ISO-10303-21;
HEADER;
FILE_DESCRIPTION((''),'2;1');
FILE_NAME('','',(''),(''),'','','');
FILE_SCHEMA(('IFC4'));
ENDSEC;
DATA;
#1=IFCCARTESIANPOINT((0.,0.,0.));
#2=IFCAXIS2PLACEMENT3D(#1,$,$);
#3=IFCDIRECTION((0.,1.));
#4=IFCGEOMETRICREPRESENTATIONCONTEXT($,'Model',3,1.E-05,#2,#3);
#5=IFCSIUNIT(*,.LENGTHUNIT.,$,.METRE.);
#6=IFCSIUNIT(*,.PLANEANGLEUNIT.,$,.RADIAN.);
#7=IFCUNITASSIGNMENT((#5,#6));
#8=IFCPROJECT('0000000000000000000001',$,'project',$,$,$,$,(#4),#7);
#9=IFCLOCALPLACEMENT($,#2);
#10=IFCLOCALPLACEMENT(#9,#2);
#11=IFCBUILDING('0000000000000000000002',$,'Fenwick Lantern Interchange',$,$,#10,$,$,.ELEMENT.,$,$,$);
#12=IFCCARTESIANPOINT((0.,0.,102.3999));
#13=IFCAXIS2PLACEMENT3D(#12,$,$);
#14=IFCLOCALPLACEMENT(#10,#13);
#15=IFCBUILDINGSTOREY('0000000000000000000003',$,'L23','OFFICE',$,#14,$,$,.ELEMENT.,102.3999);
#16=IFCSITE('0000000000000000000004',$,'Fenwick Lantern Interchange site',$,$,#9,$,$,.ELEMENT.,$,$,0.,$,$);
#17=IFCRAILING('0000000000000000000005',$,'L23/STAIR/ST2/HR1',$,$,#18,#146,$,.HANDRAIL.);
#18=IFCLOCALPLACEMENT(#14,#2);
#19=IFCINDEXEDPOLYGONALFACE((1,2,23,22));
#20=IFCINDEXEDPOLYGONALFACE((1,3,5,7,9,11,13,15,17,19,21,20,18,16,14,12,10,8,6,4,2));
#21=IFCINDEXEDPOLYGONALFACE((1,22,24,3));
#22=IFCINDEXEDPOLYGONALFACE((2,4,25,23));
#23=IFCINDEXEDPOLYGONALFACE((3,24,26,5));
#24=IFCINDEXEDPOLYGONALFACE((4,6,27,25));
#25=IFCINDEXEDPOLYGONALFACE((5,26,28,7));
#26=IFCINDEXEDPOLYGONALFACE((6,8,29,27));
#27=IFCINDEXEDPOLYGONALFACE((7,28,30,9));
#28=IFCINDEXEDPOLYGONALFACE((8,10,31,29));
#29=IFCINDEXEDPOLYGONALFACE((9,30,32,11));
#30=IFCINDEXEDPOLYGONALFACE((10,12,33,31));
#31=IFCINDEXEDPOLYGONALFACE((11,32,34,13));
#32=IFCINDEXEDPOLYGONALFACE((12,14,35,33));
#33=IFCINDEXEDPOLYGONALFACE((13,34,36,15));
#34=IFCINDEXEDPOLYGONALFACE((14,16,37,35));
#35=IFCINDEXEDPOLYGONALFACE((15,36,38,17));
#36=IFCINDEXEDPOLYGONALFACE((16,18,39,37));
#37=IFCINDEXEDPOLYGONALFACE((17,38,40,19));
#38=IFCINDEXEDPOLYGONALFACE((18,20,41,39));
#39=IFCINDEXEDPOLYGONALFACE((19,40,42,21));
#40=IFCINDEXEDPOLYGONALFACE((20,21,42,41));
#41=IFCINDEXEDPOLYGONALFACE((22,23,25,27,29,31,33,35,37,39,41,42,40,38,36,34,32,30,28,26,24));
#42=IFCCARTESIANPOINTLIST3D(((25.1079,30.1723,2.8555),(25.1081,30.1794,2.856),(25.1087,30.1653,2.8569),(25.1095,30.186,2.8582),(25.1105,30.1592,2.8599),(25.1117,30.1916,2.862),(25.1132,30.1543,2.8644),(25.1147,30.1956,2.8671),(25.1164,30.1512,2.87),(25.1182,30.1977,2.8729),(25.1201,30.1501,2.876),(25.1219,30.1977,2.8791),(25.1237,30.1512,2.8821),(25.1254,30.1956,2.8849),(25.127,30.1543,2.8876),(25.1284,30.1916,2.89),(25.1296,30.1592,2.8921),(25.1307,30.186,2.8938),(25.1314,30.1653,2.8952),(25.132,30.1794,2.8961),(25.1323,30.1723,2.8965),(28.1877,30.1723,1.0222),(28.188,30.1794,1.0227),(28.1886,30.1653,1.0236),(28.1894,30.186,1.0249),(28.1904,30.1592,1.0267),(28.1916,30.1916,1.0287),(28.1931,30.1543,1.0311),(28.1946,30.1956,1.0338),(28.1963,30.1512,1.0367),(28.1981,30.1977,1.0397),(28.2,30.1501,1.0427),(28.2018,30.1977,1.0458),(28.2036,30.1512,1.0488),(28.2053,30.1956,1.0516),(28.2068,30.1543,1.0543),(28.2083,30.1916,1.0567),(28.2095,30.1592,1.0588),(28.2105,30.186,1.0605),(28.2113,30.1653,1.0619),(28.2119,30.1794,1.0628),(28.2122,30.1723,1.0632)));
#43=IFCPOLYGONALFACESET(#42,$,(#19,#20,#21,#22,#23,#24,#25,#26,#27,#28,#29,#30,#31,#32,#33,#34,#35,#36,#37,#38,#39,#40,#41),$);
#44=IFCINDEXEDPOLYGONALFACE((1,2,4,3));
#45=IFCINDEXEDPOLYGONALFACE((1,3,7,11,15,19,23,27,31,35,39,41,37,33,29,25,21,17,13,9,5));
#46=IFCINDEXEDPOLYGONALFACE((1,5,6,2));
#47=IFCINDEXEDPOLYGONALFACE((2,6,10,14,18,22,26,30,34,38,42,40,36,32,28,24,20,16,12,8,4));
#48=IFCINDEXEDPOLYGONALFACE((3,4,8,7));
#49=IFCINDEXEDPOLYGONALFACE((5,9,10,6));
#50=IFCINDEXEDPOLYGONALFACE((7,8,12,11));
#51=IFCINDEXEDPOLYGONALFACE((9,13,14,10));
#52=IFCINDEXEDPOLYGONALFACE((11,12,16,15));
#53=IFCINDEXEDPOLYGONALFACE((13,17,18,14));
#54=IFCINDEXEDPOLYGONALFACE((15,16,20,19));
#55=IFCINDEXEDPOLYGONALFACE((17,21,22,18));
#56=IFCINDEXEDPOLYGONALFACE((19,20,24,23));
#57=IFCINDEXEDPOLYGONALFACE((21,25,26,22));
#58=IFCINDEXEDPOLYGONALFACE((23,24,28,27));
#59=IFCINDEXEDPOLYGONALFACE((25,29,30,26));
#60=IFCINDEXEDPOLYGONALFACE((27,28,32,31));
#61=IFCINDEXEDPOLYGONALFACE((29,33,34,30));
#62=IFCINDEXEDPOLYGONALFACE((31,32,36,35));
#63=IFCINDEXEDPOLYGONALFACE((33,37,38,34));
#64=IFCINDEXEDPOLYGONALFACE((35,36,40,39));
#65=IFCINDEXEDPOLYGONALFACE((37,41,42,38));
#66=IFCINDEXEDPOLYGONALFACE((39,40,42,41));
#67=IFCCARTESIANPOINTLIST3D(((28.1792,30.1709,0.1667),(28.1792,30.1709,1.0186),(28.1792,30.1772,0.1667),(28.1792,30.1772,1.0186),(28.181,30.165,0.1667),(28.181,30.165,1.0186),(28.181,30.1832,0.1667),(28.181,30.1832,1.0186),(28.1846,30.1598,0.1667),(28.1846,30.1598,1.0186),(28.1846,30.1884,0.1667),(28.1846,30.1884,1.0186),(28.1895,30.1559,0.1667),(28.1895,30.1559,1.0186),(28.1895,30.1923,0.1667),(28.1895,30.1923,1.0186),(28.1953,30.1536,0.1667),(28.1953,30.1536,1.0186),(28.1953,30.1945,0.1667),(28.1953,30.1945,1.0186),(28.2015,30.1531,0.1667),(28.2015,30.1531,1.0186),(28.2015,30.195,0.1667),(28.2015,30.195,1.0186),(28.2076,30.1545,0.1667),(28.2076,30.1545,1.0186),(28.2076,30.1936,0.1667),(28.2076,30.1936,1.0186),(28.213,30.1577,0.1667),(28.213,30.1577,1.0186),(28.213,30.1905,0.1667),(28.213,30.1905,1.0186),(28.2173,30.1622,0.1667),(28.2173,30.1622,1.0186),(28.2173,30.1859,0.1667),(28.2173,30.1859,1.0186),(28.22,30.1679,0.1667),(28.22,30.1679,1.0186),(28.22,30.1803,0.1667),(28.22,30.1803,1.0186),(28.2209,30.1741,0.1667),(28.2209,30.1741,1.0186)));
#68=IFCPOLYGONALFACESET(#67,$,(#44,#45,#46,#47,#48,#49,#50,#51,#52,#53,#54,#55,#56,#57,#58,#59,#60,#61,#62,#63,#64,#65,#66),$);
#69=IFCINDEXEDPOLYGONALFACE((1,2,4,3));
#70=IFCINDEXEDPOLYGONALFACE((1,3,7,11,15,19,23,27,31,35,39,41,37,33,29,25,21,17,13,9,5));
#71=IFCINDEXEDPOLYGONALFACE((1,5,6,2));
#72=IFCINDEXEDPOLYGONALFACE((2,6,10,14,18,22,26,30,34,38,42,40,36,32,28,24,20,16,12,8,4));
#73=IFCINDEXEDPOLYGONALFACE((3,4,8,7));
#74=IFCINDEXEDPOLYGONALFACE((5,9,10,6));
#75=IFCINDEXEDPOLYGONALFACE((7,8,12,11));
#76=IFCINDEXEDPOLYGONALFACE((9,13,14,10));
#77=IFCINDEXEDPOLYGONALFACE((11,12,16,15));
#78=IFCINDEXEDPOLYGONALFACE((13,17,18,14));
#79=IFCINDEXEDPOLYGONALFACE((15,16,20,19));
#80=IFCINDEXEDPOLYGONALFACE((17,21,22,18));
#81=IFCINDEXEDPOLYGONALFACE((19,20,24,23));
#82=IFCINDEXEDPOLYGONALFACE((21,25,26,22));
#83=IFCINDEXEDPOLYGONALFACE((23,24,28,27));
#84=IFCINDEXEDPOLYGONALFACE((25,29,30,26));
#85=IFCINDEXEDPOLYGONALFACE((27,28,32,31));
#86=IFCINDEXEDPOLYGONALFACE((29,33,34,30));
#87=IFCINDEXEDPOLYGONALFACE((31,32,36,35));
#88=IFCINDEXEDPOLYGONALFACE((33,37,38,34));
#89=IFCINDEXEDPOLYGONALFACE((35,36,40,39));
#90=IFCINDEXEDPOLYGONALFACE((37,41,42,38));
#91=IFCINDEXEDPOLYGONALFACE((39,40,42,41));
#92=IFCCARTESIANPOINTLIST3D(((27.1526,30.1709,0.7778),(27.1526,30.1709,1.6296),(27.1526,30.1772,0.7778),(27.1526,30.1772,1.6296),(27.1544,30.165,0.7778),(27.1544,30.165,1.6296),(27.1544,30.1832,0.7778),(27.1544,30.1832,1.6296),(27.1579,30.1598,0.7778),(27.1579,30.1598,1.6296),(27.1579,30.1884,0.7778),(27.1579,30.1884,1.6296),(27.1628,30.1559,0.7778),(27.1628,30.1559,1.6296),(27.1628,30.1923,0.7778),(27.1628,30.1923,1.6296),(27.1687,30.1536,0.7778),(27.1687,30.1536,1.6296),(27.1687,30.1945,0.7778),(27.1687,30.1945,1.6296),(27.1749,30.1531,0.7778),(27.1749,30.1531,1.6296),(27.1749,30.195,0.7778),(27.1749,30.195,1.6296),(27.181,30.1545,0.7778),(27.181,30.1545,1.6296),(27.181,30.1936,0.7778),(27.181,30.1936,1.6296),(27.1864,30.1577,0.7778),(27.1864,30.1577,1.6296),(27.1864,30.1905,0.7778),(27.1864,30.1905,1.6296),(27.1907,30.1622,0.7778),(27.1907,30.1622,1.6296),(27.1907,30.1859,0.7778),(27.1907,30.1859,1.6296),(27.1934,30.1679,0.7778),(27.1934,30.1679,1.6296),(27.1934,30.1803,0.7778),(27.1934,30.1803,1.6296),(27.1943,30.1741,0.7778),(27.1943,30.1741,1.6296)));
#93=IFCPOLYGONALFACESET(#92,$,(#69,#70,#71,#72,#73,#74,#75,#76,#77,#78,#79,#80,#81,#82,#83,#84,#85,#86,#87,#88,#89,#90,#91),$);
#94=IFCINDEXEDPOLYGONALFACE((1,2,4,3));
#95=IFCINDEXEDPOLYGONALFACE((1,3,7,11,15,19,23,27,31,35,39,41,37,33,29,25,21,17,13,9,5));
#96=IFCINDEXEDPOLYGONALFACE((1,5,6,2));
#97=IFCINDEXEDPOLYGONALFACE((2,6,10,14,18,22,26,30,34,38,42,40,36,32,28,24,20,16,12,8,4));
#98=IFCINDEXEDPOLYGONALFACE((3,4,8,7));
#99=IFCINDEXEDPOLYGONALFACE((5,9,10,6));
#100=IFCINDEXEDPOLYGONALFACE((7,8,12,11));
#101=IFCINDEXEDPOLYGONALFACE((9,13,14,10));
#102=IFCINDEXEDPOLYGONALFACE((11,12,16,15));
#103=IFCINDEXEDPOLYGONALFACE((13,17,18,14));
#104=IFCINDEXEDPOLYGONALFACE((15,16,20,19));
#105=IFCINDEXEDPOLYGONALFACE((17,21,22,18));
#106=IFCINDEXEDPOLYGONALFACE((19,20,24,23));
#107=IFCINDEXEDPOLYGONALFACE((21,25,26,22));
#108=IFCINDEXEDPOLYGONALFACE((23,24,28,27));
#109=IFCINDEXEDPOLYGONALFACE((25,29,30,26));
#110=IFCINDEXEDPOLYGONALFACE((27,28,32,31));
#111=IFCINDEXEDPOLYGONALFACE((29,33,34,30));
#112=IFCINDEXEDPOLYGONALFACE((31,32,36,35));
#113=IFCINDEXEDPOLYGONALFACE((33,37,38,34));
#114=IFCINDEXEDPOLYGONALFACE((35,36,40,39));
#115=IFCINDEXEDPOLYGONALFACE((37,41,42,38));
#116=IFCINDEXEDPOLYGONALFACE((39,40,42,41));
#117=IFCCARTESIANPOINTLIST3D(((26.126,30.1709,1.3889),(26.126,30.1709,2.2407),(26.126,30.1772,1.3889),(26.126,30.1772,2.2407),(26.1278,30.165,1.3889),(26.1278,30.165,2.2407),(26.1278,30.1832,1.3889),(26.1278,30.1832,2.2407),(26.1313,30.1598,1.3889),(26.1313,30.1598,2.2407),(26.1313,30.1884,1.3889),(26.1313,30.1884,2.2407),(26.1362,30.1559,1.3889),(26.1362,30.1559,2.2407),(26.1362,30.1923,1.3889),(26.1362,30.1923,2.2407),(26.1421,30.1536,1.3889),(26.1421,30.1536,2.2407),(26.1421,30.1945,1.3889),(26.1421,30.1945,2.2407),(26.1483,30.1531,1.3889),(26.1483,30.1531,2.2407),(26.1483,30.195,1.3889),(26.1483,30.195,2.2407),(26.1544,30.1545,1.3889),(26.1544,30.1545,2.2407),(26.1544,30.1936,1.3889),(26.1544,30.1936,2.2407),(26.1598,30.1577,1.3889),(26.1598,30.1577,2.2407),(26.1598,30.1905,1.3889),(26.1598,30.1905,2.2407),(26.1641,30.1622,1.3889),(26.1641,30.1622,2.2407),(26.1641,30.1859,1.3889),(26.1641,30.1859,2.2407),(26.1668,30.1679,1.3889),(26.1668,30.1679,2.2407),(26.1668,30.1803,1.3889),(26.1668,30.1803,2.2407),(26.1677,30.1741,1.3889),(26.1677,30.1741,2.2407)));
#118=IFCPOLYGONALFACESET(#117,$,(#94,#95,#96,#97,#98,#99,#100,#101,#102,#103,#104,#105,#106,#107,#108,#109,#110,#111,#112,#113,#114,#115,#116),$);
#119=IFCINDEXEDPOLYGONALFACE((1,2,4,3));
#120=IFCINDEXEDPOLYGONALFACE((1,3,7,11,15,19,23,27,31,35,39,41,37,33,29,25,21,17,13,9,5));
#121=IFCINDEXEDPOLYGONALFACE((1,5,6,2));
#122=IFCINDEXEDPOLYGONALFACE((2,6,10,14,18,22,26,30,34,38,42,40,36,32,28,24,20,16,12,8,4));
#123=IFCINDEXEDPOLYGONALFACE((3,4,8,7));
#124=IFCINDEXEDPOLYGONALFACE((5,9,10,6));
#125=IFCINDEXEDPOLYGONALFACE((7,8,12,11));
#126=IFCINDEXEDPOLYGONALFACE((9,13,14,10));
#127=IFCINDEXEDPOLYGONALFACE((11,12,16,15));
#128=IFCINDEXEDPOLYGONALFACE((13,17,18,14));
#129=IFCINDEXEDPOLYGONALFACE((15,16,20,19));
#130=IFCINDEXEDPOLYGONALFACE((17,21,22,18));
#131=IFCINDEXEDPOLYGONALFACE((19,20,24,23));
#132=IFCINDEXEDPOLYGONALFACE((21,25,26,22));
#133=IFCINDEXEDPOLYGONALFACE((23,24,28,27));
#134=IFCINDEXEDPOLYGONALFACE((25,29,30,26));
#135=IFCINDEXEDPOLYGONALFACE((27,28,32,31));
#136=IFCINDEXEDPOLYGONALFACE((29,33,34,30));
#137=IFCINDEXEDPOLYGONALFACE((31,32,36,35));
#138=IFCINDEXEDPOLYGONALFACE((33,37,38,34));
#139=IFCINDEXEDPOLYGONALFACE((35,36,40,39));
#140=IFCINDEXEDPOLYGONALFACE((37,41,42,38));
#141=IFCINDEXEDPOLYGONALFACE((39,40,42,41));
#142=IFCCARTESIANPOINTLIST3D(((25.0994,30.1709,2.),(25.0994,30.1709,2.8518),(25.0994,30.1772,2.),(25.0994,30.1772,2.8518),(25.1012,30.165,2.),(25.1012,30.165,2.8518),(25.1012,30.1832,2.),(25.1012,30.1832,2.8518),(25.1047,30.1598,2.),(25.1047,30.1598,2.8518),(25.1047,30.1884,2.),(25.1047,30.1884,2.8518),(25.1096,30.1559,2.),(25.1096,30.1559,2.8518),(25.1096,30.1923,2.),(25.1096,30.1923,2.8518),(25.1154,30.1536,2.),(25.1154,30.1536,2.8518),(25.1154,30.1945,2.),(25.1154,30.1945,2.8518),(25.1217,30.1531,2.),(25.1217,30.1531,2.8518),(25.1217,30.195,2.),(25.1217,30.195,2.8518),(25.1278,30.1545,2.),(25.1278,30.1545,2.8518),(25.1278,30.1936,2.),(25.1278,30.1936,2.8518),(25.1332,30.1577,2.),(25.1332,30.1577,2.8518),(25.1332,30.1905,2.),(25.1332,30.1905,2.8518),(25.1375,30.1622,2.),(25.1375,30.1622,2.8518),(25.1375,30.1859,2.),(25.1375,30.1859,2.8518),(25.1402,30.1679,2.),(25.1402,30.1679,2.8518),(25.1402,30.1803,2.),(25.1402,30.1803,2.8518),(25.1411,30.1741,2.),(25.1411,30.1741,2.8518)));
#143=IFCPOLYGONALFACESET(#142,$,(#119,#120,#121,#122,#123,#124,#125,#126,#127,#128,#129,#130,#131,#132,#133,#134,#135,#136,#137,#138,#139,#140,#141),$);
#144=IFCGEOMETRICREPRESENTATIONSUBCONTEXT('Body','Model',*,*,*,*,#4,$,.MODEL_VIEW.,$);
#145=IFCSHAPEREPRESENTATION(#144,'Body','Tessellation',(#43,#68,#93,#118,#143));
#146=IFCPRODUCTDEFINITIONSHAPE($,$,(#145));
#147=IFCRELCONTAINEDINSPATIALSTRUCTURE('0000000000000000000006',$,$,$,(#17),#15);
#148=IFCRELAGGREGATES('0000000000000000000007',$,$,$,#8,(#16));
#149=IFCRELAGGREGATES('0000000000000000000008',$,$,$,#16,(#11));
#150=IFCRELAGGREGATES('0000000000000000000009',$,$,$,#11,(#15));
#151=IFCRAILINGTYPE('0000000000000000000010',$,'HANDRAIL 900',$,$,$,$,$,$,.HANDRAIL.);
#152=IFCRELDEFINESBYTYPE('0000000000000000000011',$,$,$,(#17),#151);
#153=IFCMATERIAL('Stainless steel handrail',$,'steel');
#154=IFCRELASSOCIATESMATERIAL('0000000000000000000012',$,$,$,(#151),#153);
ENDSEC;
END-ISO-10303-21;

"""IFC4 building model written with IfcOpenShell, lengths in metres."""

from ifc_helpers import new_model, si_unit, direction, frame, origin, origin_2d, place, context, subcontext, project, spatial, circle, extrude, material, type_object, element, save


model = new_model("IFC4")

# Units and contexts
model_context = context("Model", 3, precision=1e-05, world=origin(), true_north=direction((0.0, 1.0)))
body_context = subcontext(model_context, "Body", "Model", "MODEL_VIEW")
ifc_project = project(units=[si_unit("LENGTHUNIT", "METRE"), si_unit("PLANEANGLEUNIT", "RADIAN")], contexts=[model_context])

# Site, building, storey
site_placement = place(None, origin())
site = spatial("IfcSite", under=ifc_project, at=site_placement, Name="Fenwick Lantern Interchange site", CompositionType="ELEMENT", RefElevation=0.0)
building_placement = place(site_placement, origin())
building = spatial("IfcBuilding", under=site, at=building_placement, Name="Fenwick Lantern Interchange", CompositionType="ELEMENT")
storey_placement = place(building_placement, frame((0.0, 0.0, 102.3999)))
storey = spatial("IfcBuildingStorey", under=building, at=storey_placement, Name="L23", Description="OFFICE", CompositionType="ELEMENT", Elevation=102.3999)

# Railing
ifc_material_1 = material(Name="Stainless steel handrail", Category="steel")
railing_type = type_object("IfcRailingType", Name="HANDRAIL 900", PredefinedType="HANDRAIL", material=ifc_material_1)
railing_1_placement = place(storey_placement, frame((28.2, 30.1741, 0.1667)))
element("IfcRailing", 1, at=railing_1_placement, inside=storey, type_object=railing_type, Name="L23/STAIR/ST2/HR1", PredefinedType="HANDRAIL", context=body_context, shape_type="SweptSolid", body=[
    extrude(circle(Radius=0.0239, at=origin_2d()), frame((0.0, 0.0, 0.876), z_axis=(-0.859291, 0.0, 0.511487), x_axis=(0.0, -1.0, 0.0)), (0.0, 0.0, 1.0), 3.5842),
    extrude(circle(Radius=0.021, at=origin_2d()), origin(), (0.0, 0.0, 1.0), 0.8518),
    extrude(circle(Radius=0.021, at=origin_2d()), frame((-1.0266, 0.0, 0.6111)), (0.0, 0.0, 1.0), 0.8518),
    extrude(circle(Radius=0.021, at=origin_2d()), frame((-2.0532, 0.0, 1.2222)), (0.0, 0.0, 1.0), 0.8518),
    extrude(circle(Radius=0.021, at=origin_2d()), frame((-3.0798, 0.0, 1.8333)), (0.0, 0.0, 1.0), 0.8518),
])

save(model, "model.ifc")
